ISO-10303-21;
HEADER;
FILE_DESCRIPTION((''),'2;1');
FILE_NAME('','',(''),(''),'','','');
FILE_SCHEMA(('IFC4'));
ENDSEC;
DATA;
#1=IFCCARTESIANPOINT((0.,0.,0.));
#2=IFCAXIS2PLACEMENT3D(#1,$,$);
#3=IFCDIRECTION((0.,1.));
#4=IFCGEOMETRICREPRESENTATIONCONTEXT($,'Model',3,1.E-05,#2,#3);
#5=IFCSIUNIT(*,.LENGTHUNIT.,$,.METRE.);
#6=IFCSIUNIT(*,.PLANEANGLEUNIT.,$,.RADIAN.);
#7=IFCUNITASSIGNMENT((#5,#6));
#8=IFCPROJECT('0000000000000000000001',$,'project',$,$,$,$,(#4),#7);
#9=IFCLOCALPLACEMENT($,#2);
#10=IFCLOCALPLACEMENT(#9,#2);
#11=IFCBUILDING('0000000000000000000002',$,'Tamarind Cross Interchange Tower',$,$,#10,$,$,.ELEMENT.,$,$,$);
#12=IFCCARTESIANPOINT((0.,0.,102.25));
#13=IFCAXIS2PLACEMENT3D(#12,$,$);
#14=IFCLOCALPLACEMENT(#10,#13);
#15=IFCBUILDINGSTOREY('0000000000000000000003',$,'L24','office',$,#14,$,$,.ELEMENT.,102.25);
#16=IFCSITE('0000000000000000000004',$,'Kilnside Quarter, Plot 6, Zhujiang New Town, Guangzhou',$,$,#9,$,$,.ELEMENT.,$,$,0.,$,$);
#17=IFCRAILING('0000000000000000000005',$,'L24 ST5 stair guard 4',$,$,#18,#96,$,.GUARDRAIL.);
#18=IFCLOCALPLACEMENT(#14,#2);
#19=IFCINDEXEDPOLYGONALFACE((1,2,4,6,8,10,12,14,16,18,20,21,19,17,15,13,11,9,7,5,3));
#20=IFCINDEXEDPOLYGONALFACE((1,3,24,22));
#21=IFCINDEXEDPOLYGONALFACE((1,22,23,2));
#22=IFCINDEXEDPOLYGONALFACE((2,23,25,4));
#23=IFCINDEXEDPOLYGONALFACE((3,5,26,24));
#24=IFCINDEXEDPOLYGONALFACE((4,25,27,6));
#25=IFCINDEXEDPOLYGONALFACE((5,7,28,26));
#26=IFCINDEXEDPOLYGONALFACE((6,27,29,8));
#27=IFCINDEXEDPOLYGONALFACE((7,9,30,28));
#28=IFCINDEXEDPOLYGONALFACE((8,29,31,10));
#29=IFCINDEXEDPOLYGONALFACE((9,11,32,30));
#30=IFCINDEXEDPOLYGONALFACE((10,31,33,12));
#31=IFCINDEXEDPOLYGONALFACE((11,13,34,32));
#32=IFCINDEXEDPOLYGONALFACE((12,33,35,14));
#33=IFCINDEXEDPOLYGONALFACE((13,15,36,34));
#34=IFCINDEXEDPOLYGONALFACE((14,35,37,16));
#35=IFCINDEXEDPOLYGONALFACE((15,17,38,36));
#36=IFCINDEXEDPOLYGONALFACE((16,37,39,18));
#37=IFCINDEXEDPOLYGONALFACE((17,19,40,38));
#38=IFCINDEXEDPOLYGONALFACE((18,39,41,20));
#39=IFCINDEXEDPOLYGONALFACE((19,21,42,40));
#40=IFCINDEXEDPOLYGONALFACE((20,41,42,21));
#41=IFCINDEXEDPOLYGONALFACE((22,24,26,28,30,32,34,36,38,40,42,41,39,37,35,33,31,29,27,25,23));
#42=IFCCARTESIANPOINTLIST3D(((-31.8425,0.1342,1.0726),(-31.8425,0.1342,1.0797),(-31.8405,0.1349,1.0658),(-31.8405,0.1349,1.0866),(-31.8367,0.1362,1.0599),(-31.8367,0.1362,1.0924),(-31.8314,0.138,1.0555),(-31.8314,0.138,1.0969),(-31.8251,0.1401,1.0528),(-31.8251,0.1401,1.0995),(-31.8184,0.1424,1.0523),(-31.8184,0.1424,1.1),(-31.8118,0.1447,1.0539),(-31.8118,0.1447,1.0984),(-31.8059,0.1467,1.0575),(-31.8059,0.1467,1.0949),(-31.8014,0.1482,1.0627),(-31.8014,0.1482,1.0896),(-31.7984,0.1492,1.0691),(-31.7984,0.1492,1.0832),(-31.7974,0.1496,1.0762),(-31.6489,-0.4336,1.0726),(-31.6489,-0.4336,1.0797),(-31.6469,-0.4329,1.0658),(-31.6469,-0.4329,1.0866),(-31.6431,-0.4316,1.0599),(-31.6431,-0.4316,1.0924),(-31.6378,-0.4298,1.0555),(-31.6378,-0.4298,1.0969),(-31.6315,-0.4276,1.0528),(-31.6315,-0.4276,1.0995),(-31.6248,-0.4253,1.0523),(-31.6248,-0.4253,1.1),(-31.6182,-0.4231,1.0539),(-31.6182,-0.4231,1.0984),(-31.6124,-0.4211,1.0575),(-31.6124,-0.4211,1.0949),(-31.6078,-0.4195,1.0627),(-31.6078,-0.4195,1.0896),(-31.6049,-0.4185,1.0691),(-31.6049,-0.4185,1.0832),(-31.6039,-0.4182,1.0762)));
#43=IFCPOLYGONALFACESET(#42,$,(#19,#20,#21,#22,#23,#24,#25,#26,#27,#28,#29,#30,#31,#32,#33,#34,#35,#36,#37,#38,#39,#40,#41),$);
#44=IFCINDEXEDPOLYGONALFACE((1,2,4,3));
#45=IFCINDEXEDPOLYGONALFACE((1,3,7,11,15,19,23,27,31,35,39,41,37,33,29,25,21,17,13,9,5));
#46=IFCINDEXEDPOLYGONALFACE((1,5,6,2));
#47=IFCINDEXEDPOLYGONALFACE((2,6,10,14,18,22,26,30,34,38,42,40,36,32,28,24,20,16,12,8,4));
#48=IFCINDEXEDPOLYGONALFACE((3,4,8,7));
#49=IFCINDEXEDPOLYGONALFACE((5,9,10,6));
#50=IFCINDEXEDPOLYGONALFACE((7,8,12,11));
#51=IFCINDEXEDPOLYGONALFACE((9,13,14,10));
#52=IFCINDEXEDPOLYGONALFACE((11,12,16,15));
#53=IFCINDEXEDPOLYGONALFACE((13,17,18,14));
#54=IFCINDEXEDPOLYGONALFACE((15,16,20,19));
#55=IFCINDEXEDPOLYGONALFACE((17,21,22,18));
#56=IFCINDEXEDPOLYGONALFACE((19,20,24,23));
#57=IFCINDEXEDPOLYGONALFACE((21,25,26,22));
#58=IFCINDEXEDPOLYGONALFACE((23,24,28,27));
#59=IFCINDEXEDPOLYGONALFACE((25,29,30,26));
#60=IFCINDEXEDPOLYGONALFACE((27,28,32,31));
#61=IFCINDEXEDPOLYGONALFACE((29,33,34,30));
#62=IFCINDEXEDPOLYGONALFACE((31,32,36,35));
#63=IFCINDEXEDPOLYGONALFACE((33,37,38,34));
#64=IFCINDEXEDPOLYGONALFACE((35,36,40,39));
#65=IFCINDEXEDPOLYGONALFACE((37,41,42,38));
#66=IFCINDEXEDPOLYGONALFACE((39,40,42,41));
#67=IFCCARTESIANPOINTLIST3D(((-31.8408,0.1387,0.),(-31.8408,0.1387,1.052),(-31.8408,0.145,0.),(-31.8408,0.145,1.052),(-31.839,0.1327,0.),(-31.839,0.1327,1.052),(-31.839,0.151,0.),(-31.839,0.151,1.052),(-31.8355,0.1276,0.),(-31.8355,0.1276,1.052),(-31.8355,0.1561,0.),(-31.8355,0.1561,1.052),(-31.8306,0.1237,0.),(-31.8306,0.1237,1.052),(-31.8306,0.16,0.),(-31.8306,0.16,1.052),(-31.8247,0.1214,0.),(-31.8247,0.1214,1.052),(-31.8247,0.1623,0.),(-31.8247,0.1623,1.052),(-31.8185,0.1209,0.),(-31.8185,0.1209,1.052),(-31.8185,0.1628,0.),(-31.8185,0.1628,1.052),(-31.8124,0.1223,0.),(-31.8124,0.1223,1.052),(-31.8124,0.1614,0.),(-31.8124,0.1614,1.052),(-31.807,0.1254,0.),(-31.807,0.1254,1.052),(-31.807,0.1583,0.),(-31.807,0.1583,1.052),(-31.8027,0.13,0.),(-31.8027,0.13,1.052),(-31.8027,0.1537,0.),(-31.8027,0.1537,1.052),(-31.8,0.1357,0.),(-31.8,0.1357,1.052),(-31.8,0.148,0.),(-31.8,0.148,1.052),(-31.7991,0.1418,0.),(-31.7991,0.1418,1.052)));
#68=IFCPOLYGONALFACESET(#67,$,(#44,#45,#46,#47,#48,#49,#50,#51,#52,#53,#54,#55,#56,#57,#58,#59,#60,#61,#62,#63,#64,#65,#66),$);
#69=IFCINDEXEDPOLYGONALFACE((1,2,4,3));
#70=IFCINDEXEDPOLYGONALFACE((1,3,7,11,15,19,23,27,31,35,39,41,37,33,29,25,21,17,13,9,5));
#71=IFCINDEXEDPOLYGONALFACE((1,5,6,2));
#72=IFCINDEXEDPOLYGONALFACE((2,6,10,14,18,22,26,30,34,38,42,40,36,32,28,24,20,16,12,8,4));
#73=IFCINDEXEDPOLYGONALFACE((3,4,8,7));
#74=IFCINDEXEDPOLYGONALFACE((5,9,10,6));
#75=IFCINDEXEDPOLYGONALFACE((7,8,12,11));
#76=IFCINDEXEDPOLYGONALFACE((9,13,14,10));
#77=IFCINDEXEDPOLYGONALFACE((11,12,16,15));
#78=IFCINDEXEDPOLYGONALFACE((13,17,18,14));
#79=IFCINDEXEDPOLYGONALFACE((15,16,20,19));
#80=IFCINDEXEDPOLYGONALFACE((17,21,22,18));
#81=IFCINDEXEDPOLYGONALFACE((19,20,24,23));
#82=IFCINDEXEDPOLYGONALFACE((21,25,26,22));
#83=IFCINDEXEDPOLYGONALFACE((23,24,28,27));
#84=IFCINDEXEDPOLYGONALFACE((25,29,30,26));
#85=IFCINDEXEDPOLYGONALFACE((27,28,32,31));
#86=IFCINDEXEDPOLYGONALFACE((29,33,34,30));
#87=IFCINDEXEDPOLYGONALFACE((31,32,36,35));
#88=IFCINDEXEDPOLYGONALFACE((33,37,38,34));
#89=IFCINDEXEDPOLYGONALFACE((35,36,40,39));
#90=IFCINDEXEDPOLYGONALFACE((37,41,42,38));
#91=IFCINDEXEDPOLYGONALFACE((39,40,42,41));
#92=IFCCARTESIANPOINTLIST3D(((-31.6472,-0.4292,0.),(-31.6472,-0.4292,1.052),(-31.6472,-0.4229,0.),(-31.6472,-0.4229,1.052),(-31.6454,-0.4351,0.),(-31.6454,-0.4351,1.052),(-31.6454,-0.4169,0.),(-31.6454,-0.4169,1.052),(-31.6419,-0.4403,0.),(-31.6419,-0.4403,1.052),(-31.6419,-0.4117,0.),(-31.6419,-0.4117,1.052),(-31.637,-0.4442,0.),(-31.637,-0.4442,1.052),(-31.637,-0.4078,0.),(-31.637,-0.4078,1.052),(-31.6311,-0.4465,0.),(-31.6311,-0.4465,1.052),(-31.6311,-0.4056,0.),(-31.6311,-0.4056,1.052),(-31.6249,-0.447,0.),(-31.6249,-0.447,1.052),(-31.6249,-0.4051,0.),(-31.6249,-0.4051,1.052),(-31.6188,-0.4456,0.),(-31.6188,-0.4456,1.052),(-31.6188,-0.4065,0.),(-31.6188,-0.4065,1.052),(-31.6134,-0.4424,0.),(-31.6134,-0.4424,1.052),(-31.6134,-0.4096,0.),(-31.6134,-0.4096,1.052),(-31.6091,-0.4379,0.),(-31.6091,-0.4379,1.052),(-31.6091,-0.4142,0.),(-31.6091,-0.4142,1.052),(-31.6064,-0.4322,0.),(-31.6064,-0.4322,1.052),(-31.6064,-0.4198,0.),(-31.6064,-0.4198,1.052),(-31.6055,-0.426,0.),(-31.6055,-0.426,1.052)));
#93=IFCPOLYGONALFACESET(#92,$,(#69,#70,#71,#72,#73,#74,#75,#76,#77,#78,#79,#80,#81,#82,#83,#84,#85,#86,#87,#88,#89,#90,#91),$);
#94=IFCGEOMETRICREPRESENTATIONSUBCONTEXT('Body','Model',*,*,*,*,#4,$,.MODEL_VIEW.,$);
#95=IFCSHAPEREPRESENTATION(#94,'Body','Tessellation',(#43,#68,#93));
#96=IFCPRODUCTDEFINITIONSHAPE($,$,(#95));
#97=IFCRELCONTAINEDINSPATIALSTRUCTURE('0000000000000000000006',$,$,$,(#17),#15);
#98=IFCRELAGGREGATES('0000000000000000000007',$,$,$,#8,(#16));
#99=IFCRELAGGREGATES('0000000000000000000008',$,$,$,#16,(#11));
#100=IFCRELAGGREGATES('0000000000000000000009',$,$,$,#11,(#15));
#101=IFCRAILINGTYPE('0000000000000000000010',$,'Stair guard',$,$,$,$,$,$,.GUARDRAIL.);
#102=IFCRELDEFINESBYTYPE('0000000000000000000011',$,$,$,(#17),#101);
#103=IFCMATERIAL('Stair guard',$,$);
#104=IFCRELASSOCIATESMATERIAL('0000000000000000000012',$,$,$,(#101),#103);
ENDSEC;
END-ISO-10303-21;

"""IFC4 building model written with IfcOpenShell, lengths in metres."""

from ifc_helpers import new_model, si_unit, direction, frame, origin, origin_2d, place, context, subcontext, project, spatial, circle, extrude, material, type_object, element, save


model = new_model("IFC4")

# Units and contexts
model_context = context("Model", 3, precision=1e-05, world=origin(), true_north=direction((0.0, 1.0)))
body_context = subcontext(model_context, "Body", "Model", "MODEL_VIEW")
ifc_project = project(units=[si_unit("LENGTHUNIT", "METRE"), si_unit("PLANEANGLEUNIT", "RADIAN")], contexts=[model_context])

# Site, building, storey
site_placement = place(None, origin())
site = spatial("IfcSite", under=ifc_project, at=site_placement, Name="Kilnside Quarter, Plot 6, Zhujiang New Town, Guangzhou", CompositionType="ELEMENT", RefElevation=0.0)
building_placement = place(site_placement, origin())
building = spatial("IfcBuilding", under=site, at=building_placement, Name="Tamarind Cross Interchange Tower", CompositionType="ELEMENT")
storey_placement = place(building_placement, frame((0.0, 0.0, 102.25)))
storey = spatial("IfcBuildingStorey", under=building, at=storey_placement, Name="L24", Description="office", CompositionType="ELEMENT", Elevation=102.25)

# Railing
ifc_material_1 = material(Name="Stair guard")
railing_type_1 = type_object("IfcRailingType", Name="Stair guard", PredefinedType="GUARDRAIL", material=ifc_material_1)
railing_1_placement = place(storey_placement, frame((-31.8201, 0.1418, 0.0)))
element("IfcRailing", 1, at=railing_1_placement, inside=storey, type_object=railing_type_1, Name="L24 ST5 stair guard 4", PredefinedType="GUARDRAIL", context=body_context, shape_type="SweptSolid", body=[
    extrude(circle(Radius=0.0239, at=origin_2d()), frame((0.0, 0.0, 1.0762), z_axis=(0.32269, -0.946505, 0.0), x_axis=(0.946505, 0.32269, 0.0)), (0.0, 0.0, 1.0), 0.5999),
    extrude(circle(Radius=0.021, at=origin_2d()), origin(), (0.0, 0.0, 1.0), 1.052),
    extrude(circle(Radius=0.021, at=origin_2d()), frame((0.1936, -0.5679, 0.0)), (0.0, 0.0, 1.0), 1.052),
])

save(model, "model.ifc")
